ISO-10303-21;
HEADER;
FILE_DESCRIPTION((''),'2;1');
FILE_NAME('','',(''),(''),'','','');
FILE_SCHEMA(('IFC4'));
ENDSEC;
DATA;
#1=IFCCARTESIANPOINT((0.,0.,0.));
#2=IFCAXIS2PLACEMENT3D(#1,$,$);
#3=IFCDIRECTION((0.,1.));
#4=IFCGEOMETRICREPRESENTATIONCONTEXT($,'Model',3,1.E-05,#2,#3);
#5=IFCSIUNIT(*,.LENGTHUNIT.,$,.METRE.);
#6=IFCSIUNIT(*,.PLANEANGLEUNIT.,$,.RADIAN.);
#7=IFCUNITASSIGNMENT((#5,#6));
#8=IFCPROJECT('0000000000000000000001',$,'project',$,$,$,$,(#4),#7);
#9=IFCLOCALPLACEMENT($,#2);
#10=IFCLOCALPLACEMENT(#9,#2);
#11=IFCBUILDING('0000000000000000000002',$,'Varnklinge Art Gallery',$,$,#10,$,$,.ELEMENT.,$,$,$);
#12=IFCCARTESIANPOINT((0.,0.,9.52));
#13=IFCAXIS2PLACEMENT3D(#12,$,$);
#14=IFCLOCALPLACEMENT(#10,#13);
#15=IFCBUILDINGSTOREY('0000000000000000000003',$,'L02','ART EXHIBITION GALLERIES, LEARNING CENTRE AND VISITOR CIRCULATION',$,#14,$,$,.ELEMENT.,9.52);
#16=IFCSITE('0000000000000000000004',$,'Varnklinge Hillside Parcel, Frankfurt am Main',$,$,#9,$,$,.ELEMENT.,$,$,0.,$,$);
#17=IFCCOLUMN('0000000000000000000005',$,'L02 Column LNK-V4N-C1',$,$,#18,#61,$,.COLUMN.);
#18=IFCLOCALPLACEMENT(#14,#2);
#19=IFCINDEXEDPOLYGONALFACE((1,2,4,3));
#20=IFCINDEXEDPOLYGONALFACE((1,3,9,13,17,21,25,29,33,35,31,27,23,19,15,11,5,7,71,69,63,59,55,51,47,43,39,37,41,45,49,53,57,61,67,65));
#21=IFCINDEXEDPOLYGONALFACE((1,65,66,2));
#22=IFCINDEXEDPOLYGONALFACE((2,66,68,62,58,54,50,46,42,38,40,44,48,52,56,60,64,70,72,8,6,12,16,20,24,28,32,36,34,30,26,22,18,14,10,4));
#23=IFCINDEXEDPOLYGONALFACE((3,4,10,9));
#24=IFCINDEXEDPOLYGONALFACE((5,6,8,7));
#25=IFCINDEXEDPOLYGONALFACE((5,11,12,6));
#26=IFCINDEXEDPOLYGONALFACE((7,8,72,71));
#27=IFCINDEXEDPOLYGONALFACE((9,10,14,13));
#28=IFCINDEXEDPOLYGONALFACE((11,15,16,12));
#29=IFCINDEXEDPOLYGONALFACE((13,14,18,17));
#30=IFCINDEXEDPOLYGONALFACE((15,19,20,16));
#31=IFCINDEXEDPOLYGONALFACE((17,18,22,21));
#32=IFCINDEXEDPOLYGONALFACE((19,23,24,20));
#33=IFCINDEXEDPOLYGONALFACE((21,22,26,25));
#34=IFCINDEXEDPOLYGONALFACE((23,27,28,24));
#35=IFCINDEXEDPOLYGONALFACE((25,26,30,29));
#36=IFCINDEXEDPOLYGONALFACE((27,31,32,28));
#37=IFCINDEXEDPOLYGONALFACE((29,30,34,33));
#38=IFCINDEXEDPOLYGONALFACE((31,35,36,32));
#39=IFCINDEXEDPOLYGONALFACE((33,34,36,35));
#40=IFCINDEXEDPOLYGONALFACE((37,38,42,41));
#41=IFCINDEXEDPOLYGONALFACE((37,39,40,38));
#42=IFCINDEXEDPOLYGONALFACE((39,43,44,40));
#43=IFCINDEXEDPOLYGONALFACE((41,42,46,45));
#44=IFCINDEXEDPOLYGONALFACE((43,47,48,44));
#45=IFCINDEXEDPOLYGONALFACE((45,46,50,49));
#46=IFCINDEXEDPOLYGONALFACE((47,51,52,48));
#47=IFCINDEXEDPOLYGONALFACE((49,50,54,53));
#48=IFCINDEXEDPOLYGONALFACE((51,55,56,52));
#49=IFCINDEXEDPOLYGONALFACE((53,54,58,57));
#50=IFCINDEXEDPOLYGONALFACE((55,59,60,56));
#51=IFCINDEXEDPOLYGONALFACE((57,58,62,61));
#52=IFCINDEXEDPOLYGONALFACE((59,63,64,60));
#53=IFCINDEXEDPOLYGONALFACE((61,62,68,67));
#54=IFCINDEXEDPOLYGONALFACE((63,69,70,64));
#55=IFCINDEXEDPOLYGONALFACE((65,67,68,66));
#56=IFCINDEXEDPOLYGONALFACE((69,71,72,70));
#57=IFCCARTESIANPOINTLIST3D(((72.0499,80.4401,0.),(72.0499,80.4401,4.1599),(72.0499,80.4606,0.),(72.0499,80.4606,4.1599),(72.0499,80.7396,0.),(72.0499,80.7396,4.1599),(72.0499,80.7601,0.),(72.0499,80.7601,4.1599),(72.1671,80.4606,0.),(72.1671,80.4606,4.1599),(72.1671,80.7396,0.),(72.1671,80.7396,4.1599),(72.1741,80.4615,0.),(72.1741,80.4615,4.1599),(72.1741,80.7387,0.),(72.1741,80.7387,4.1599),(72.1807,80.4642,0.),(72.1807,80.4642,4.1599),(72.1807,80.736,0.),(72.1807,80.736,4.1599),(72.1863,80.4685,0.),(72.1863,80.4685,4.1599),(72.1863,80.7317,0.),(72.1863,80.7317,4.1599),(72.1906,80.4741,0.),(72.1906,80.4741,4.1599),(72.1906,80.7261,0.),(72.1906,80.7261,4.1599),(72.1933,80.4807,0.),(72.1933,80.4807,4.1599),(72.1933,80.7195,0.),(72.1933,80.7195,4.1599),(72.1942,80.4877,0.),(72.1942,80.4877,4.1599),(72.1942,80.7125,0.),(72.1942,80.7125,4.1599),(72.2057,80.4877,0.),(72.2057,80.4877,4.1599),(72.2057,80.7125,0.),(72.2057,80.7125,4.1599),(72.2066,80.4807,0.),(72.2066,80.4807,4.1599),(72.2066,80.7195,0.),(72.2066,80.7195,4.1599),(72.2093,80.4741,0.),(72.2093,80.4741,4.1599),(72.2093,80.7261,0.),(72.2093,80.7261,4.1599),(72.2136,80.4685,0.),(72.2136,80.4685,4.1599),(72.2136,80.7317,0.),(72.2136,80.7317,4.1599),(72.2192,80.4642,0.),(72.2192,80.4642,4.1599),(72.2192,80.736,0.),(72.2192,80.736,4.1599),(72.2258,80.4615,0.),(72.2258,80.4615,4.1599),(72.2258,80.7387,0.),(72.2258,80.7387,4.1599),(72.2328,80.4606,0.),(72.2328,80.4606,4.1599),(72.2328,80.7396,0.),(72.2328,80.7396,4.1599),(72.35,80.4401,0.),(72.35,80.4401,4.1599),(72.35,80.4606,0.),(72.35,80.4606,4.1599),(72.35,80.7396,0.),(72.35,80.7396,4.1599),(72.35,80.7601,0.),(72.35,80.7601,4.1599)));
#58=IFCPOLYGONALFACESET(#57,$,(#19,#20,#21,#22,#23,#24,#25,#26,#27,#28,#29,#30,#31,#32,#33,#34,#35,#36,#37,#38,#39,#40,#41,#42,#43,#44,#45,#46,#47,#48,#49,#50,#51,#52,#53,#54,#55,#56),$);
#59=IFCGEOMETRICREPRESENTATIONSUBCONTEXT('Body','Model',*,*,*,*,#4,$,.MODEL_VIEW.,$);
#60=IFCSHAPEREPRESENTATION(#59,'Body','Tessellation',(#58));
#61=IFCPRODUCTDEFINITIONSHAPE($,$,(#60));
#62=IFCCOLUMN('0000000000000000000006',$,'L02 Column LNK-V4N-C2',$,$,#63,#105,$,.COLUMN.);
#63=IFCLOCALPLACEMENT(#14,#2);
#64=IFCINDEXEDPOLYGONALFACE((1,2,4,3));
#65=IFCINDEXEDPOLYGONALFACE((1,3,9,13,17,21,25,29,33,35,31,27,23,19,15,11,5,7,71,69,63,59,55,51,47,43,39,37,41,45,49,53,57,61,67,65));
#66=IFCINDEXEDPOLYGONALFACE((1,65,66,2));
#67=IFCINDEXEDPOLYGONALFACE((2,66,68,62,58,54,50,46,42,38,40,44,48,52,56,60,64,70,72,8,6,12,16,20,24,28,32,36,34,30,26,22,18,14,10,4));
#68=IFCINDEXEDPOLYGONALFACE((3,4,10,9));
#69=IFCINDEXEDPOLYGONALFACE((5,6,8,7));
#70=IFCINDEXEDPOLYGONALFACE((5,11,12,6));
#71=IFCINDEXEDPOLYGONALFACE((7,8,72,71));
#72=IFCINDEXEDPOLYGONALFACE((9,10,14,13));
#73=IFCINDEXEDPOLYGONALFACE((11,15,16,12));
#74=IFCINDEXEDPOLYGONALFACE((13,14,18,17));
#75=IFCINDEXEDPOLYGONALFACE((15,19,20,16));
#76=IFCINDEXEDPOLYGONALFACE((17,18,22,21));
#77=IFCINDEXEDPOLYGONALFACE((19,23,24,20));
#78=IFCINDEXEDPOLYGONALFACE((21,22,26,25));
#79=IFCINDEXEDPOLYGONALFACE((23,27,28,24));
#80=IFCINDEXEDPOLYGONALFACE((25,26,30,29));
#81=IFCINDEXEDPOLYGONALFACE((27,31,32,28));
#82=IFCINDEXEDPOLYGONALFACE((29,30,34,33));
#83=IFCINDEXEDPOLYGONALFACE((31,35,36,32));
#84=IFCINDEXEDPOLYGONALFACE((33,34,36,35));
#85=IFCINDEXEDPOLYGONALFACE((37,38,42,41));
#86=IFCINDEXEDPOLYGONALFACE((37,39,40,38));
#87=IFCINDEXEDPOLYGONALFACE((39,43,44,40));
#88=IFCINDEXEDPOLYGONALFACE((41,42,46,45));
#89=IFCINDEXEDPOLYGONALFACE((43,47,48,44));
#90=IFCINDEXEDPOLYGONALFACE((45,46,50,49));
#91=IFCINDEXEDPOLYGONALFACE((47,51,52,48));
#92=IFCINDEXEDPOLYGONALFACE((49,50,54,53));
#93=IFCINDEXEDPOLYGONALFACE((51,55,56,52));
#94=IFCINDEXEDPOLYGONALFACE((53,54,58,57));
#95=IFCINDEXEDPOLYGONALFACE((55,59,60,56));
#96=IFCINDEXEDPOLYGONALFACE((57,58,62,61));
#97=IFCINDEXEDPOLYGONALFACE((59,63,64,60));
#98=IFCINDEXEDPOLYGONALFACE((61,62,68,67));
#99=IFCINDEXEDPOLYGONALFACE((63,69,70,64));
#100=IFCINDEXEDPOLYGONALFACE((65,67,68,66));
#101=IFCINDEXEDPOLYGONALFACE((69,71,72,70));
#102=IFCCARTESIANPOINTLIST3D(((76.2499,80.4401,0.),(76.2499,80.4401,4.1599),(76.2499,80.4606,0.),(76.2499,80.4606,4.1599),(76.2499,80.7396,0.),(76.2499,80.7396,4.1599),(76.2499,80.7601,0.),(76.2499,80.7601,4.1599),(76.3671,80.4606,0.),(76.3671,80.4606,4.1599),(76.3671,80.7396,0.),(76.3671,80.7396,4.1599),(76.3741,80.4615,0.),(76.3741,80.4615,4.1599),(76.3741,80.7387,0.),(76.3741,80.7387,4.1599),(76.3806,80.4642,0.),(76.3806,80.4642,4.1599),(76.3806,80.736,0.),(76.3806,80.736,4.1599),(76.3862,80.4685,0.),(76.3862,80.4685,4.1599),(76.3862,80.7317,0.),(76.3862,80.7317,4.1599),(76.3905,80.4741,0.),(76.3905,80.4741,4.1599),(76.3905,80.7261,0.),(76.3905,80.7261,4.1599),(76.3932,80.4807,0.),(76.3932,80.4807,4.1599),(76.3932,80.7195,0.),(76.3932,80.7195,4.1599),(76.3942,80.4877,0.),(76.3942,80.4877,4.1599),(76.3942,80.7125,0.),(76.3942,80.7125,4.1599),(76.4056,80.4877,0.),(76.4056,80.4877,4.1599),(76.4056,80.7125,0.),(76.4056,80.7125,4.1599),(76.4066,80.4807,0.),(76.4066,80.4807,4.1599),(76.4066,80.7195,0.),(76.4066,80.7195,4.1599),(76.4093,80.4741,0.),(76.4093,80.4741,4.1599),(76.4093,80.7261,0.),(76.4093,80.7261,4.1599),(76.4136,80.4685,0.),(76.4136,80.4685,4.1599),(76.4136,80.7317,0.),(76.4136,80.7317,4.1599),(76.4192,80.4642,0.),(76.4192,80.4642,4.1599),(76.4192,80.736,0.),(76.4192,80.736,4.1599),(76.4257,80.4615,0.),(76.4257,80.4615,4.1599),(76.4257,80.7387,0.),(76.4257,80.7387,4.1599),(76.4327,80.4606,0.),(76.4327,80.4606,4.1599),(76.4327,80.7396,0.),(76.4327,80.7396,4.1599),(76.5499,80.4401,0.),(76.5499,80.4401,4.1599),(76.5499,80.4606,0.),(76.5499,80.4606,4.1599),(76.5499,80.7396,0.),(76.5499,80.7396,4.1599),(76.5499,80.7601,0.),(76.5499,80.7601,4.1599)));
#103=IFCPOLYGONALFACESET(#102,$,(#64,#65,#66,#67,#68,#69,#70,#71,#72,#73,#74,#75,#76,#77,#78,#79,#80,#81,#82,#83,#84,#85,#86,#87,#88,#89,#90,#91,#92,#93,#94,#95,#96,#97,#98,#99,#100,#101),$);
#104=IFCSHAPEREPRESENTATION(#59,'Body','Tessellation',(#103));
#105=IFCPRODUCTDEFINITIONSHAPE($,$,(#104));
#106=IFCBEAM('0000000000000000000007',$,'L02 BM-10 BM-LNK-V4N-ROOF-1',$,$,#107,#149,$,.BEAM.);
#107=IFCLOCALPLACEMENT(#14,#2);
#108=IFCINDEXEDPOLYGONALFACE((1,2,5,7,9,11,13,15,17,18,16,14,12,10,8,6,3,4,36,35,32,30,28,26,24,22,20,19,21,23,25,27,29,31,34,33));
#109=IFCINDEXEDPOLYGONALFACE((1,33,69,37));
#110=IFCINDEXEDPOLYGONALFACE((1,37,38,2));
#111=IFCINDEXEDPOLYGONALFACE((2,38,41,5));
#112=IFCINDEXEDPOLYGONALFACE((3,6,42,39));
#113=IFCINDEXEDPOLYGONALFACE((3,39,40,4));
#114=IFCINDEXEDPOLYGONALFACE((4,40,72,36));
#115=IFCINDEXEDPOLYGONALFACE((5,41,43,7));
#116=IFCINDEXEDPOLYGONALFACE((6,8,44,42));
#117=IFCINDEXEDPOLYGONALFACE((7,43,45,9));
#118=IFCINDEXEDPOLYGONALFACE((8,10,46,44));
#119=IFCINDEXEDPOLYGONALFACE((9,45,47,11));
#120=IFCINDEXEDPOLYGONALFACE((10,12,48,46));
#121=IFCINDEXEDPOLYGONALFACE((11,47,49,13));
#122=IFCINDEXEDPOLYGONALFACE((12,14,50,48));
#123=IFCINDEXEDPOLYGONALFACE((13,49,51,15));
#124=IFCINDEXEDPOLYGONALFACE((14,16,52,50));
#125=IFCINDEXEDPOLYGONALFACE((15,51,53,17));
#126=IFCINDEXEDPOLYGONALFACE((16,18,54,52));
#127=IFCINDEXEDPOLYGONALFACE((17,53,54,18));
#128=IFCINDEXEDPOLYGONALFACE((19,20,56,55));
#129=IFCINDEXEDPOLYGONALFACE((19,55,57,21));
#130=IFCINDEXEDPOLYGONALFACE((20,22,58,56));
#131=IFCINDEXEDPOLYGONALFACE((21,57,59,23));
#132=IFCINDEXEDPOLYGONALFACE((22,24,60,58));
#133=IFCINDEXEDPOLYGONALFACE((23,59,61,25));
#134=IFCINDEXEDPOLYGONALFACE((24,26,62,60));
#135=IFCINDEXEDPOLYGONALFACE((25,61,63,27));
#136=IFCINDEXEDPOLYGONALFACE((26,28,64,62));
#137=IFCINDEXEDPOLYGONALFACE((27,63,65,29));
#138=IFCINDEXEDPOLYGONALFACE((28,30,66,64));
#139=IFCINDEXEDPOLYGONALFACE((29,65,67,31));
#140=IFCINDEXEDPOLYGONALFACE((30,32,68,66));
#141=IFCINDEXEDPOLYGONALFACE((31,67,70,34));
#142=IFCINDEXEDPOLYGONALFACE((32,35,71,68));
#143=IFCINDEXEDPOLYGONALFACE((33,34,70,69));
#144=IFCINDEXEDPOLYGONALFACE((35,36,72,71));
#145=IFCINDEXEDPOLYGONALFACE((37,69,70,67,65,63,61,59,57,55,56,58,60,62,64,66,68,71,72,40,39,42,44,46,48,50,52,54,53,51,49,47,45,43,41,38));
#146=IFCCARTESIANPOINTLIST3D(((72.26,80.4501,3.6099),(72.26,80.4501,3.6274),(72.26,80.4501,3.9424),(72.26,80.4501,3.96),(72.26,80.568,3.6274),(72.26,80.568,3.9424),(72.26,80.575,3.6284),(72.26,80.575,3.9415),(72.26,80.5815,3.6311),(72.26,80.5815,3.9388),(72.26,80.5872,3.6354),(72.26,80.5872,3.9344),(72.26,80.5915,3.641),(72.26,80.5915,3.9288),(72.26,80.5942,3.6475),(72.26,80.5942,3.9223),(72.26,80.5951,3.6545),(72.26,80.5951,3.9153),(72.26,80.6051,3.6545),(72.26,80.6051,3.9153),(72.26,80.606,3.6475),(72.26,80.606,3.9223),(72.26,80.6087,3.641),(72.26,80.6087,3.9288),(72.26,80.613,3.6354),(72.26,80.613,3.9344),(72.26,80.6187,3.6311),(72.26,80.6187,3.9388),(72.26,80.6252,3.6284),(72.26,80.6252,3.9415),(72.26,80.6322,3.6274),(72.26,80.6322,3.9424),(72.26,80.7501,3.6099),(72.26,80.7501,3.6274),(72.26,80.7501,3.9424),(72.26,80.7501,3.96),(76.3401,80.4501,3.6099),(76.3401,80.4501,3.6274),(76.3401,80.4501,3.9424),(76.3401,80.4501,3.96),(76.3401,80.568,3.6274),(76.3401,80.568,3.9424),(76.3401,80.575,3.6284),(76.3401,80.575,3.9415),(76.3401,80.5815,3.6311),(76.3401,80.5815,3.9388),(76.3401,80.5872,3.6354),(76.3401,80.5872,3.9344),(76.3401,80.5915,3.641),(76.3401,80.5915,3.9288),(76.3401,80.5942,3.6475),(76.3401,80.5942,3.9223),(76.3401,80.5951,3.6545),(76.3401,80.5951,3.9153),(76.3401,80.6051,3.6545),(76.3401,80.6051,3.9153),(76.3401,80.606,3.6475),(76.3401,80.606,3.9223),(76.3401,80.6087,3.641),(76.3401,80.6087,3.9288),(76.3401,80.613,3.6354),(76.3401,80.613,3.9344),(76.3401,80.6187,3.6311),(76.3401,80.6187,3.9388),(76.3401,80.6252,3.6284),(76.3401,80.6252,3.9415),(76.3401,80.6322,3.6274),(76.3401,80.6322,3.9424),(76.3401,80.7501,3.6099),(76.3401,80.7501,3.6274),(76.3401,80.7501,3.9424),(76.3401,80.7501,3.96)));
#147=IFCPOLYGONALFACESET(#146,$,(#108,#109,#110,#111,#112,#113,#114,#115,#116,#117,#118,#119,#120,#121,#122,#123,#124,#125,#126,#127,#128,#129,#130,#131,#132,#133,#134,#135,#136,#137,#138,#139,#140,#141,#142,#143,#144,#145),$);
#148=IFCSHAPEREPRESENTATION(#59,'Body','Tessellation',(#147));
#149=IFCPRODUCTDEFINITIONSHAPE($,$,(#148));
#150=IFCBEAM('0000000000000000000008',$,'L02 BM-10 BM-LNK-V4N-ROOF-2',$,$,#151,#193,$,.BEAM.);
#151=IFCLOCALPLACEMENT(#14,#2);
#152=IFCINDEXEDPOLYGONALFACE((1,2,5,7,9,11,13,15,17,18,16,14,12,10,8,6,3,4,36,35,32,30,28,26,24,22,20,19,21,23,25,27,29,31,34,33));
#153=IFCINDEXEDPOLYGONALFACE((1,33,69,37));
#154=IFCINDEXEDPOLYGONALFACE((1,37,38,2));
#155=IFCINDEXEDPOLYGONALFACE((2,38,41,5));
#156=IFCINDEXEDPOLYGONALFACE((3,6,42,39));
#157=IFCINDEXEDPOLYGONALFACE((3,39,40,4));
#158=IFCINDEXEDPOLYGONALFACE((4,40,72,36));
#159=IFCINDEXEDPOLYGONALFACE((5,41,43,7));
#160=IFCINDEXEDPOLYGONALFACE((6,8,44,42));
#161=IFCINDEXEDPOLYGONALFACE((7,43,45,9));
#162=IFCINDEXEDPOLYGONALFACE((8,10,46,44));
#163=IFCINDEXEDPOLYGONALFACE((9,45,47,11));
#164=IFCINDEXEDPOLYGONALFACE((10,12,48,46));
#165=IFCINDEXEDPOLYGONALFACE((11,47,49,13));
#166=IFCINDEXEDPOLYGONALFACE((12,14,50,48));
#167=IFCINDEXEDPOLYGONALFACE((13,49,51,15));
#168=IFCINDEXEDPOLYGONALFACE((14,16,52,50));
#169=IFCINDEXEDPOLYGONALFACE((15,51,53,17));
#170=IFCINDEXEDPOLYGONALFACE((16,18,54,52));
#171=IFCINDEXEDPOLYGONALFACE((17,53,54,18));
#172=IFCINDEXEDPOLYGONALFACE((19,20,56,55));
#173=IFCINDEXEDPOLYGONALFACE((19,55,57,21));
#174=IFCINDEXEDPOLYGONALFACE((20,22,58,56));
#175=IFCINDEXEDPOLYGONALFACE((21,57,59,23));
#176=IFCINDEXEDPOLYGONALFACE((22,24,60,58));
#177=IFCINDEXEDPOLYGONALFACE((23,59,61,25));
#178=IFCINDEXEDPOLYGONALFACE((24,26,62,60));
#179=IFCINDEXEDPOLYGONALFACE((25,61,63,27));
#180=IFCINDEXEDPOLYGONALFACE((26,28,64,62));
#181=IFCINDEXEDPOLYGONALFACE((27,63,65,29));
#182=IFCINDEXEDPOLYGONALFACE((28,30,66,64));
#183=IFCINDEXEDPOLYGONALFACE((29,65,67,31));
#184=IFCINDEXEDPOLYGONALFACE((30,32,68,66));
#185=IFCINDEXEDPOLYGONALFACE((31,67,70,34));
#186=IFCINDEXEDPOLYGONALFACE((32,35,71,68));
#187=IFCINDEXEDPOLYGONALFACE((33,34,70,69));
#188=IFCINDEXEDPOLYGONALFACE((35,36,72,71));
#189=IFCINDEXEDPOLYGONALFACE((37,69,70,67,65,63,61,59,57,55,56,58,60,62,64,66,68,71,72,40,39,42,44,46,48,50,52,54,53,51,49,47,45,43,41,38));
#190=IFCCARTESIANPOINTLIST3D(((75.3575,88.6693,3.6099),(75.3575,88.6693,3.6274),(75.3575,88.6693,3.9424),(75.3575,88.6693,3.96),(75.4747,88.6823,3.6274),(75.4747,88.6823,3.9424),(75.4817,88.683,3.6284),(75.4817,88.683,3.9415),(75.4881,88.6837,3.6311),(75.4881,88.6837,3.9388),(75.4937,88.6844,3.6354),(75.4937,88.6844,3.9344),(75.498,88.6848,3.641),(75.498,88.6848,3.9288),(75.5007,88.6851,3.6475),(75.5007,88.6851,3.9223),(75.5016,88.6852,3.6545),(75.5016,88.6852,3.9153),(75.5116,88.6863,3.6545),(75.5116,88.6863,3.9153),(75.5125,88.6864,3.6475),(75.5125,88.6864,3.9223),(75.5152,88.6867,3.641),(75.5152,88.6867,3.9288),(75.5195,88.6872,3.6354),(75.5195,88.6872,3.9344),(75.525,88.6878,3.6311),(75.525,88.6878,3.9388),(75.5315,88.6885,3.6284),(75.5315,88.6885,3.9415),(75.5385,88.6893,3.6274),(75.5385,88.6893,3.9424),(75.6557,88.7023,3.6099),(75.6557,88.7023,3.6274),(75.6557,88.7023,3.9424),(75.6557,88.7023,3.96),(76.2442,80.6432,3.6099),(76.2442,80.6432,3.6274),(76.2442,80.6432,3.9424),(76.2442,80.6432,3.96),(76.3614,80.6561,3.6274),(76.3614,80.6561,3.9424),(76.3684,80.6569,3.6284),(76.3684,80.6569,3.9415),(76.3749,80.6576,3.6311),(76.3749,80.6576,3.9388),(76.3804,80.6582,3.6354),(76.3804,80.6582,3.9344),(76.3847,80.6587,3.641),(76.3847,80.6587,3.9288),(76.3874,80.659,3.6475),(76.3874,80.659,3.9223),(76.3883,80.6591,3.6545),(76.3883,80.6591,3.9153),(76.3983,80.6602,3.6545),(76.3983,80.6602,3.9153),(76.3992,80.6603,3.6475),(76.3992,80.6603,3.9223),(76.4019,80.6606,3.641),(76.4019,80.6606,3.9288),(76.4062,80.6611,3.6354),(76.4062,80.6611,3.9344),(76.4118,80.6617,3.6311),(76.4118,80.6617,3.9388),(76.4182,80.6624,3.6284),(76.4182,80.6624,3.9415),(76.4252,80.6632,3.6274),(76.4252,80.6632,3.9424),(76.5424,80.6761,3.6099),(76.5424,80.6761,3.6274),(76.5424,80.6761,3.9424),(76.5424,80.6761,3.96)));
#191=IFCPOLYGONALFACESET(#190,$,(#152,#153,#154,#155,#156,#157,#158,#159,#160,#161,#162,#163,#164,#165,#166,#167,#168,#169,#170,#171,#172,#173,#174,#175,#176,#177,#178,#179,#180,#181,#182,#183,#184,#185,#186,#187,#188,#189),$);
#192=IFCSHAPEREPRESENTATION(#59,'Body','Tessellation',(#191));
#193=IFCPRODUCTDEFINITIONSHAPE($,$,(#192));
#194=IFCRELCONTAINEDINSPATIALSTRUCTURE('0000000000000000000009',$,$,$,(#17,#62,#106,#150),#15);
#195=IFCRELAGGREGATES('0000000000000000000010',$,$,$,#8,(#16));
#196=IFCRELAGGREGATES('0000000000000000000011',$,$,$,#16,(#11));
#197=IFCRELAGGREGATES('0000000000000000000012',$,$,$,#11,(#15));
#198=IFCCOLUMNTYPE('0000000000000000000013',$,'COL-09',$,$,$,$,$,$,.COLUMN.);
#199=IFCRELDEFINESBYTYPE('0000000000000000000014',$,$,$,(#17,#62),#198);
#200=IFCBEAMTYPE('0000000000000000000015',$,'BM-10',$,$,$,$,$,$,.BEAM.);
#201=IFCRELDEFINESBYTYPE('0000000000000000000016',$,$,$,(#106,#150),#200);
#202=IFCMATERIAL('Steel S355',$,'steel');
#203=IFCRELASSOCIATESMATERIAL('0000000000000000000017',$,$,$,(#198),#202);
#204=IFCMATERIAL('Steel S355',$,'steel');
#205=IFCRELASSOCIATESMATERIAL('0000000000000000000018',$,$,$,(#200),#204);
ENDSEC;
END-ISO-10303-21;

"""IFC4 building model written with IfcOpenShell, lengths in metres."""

from ifc_helpers import new_model, si_unit, direction, frame, origin, origin_2d, place, context, subcontext, project, spatial, i_section, extrude, material, material_profile, profile_set, type_object, element, save


model = new_model("IFC4")

# Units and contexts
model_context = context("Model", 3, precision=1e-05, world=origin(), true_north=direction((0.0, 1.0)))
body_context = subcontext(model_context, "Body", "Model", "MODEL_VIEW")
ifc_project = project(units=[si_unit("LENGTHUNIT", "METRE"), si_unit("PLANEANGLEUNIT", "RADIAN")], contexts=[model_context])

# Site, building, storey
site_placement = place(None, origin())
site = spatial("IfcSite", under=ifc_project, at=site_placement, Name="Varnklinge Hillside Parcel, Frankfurt am Main", CompositionType="ELEMENT", RefElevation=0.0)
building_placement = place(site_placement, origin())
building = spatial("IfcBuilding", under=site, at=building_placement, Name="Varnklinge Art Gallery", CompositionType="ELEMENT")
storey_placement = place(building_placement, frame((0.0, 0.0, 9.52)))
storey = spatial("IfcBuildingStorey", under=building, at=storey_placement, Name="L02", Description="ART EXHIBITION GALLERIES, LEARNING CENTRE AND VISITOR CIRCULATION", CompositionType="ELEMENT", Elevation=9.52)

# Columns
ifc_material_1 = material(Name="Steel S355", Category="steel")
ifc_material_profile_1 = material_profile(ifc_material_1, i_section(OverallWidth=0.3, OverallDepth=0.3201, WebThickness=0.0115, FlangeThickness=0.0205, FilletRadius=0.0271, at=origin_2d()), Name="HEB 320")
ifc_profile_set_1 = profile_set([ifc_material_profile_1], Name="Steel S355")
column_type = type_object("IfcColumnType", Name="COL-09", PredefinedType="COLUMN", material=ifc_profile_set_1)
for number, where, z_axis, x_axis, name in (
    (1, (72.2, 80.6001, 0.0), (0.0, 0.0, 1.0), (1.0, 0.0, 0.0), "L02 Column LNK-V4N-C1"),
    (2, (76.3999, 80.6001, 0.0), (0.0, 0.0, 1.0), (1.0, 0.0, 0.0), "L02 Column LNK-V4N-C2"),
):
    element("IfcColumn", number, at=place(storey_placement, frame(where, z_axis=z_axis, x_axis=x_axis)), inside=storey, type_object=column_type, Name=name, PredefinedType="COLUMN", context=body_context, shape_type="SweptSolid", body=[
        extrude(i_section(OverallWidth=0.3, OverallDepth=0.3201, WebThickness=0.0115, FlangeThickness=0.0205, FilletRadius=0.0271, at=origin_2d()), origin(), (0.0, 0.0, 1.0), 4.1599),
    ])

# Beams
ifc_material_2 = material(Name="Steel S355", Category="steel")
ifc_material_profile_2 = material_profile(ifc_material_2, i_section(OverallWidth=0.3, OverallDepth=0.3501, WebThickness=0.01, FlangeThickness=0.0176, FilletRadius=0.0271, at=origin_2d()), Name="HEA 360")
ifc_profile_set_2 = profile_set([ifc_material_profile_2], Name="Steel S355")
beam_type = type_object("IfcBeamType", Name="BM-10", PredefinedType="BEAM", material=ifc_profile_set_2)
beam_1_placement = place(storey_placement, frame((72.26, 80.6001, 3.7849), z_axis=(1.0, 0.0, 0.0), x_axis=(0.0, 1.0, 0.0)))
element("IfcBeam", 3, at=beam_1_placement, inside=storey, type_object=beam_type, Name="L02 BM-10 BM-LNK-V4N-ROOF-1", PredefinedType="BEAM", context=body_context, shape_type="SweptSolid", body=[
    extrude(i_section(OverallWidth=0.3, OverallDepth=0.3501, WebThickness=0.01, FlangeThickness=0.0176, FilletRadius=0.0271, at=origin_2d()), origin(), (0.0, 0.0, 1.0), 4.0801),
])
beam_2_placement = place(storey_placement, frame((76.3933, 80.6597, 3.7849), z_axis=(-0.109811, 0.993952, 0.0), x_axis=(-0.993952, -0.109811, 0.0)))
element("IfcBeam", 4, at=beam_2_placement, inside=storey, type_object=beam_type, Name="L02 BM-10 BM-LNK-V4N-ROOF-2", PredefinedType="BEAM", context=body_context, shape_type="SweptSolid", body=[
    extrude(i_section(OverallWidth=0.3, OverallDepth=0.3501, WebThickness=0.01, FlangeThickness=0.0176, FilletRadius=0.0271, at=origin_2d()), origin(), (0.0, 0.0, 1.0), 8.075),
])

save(model, "model.ifc")
